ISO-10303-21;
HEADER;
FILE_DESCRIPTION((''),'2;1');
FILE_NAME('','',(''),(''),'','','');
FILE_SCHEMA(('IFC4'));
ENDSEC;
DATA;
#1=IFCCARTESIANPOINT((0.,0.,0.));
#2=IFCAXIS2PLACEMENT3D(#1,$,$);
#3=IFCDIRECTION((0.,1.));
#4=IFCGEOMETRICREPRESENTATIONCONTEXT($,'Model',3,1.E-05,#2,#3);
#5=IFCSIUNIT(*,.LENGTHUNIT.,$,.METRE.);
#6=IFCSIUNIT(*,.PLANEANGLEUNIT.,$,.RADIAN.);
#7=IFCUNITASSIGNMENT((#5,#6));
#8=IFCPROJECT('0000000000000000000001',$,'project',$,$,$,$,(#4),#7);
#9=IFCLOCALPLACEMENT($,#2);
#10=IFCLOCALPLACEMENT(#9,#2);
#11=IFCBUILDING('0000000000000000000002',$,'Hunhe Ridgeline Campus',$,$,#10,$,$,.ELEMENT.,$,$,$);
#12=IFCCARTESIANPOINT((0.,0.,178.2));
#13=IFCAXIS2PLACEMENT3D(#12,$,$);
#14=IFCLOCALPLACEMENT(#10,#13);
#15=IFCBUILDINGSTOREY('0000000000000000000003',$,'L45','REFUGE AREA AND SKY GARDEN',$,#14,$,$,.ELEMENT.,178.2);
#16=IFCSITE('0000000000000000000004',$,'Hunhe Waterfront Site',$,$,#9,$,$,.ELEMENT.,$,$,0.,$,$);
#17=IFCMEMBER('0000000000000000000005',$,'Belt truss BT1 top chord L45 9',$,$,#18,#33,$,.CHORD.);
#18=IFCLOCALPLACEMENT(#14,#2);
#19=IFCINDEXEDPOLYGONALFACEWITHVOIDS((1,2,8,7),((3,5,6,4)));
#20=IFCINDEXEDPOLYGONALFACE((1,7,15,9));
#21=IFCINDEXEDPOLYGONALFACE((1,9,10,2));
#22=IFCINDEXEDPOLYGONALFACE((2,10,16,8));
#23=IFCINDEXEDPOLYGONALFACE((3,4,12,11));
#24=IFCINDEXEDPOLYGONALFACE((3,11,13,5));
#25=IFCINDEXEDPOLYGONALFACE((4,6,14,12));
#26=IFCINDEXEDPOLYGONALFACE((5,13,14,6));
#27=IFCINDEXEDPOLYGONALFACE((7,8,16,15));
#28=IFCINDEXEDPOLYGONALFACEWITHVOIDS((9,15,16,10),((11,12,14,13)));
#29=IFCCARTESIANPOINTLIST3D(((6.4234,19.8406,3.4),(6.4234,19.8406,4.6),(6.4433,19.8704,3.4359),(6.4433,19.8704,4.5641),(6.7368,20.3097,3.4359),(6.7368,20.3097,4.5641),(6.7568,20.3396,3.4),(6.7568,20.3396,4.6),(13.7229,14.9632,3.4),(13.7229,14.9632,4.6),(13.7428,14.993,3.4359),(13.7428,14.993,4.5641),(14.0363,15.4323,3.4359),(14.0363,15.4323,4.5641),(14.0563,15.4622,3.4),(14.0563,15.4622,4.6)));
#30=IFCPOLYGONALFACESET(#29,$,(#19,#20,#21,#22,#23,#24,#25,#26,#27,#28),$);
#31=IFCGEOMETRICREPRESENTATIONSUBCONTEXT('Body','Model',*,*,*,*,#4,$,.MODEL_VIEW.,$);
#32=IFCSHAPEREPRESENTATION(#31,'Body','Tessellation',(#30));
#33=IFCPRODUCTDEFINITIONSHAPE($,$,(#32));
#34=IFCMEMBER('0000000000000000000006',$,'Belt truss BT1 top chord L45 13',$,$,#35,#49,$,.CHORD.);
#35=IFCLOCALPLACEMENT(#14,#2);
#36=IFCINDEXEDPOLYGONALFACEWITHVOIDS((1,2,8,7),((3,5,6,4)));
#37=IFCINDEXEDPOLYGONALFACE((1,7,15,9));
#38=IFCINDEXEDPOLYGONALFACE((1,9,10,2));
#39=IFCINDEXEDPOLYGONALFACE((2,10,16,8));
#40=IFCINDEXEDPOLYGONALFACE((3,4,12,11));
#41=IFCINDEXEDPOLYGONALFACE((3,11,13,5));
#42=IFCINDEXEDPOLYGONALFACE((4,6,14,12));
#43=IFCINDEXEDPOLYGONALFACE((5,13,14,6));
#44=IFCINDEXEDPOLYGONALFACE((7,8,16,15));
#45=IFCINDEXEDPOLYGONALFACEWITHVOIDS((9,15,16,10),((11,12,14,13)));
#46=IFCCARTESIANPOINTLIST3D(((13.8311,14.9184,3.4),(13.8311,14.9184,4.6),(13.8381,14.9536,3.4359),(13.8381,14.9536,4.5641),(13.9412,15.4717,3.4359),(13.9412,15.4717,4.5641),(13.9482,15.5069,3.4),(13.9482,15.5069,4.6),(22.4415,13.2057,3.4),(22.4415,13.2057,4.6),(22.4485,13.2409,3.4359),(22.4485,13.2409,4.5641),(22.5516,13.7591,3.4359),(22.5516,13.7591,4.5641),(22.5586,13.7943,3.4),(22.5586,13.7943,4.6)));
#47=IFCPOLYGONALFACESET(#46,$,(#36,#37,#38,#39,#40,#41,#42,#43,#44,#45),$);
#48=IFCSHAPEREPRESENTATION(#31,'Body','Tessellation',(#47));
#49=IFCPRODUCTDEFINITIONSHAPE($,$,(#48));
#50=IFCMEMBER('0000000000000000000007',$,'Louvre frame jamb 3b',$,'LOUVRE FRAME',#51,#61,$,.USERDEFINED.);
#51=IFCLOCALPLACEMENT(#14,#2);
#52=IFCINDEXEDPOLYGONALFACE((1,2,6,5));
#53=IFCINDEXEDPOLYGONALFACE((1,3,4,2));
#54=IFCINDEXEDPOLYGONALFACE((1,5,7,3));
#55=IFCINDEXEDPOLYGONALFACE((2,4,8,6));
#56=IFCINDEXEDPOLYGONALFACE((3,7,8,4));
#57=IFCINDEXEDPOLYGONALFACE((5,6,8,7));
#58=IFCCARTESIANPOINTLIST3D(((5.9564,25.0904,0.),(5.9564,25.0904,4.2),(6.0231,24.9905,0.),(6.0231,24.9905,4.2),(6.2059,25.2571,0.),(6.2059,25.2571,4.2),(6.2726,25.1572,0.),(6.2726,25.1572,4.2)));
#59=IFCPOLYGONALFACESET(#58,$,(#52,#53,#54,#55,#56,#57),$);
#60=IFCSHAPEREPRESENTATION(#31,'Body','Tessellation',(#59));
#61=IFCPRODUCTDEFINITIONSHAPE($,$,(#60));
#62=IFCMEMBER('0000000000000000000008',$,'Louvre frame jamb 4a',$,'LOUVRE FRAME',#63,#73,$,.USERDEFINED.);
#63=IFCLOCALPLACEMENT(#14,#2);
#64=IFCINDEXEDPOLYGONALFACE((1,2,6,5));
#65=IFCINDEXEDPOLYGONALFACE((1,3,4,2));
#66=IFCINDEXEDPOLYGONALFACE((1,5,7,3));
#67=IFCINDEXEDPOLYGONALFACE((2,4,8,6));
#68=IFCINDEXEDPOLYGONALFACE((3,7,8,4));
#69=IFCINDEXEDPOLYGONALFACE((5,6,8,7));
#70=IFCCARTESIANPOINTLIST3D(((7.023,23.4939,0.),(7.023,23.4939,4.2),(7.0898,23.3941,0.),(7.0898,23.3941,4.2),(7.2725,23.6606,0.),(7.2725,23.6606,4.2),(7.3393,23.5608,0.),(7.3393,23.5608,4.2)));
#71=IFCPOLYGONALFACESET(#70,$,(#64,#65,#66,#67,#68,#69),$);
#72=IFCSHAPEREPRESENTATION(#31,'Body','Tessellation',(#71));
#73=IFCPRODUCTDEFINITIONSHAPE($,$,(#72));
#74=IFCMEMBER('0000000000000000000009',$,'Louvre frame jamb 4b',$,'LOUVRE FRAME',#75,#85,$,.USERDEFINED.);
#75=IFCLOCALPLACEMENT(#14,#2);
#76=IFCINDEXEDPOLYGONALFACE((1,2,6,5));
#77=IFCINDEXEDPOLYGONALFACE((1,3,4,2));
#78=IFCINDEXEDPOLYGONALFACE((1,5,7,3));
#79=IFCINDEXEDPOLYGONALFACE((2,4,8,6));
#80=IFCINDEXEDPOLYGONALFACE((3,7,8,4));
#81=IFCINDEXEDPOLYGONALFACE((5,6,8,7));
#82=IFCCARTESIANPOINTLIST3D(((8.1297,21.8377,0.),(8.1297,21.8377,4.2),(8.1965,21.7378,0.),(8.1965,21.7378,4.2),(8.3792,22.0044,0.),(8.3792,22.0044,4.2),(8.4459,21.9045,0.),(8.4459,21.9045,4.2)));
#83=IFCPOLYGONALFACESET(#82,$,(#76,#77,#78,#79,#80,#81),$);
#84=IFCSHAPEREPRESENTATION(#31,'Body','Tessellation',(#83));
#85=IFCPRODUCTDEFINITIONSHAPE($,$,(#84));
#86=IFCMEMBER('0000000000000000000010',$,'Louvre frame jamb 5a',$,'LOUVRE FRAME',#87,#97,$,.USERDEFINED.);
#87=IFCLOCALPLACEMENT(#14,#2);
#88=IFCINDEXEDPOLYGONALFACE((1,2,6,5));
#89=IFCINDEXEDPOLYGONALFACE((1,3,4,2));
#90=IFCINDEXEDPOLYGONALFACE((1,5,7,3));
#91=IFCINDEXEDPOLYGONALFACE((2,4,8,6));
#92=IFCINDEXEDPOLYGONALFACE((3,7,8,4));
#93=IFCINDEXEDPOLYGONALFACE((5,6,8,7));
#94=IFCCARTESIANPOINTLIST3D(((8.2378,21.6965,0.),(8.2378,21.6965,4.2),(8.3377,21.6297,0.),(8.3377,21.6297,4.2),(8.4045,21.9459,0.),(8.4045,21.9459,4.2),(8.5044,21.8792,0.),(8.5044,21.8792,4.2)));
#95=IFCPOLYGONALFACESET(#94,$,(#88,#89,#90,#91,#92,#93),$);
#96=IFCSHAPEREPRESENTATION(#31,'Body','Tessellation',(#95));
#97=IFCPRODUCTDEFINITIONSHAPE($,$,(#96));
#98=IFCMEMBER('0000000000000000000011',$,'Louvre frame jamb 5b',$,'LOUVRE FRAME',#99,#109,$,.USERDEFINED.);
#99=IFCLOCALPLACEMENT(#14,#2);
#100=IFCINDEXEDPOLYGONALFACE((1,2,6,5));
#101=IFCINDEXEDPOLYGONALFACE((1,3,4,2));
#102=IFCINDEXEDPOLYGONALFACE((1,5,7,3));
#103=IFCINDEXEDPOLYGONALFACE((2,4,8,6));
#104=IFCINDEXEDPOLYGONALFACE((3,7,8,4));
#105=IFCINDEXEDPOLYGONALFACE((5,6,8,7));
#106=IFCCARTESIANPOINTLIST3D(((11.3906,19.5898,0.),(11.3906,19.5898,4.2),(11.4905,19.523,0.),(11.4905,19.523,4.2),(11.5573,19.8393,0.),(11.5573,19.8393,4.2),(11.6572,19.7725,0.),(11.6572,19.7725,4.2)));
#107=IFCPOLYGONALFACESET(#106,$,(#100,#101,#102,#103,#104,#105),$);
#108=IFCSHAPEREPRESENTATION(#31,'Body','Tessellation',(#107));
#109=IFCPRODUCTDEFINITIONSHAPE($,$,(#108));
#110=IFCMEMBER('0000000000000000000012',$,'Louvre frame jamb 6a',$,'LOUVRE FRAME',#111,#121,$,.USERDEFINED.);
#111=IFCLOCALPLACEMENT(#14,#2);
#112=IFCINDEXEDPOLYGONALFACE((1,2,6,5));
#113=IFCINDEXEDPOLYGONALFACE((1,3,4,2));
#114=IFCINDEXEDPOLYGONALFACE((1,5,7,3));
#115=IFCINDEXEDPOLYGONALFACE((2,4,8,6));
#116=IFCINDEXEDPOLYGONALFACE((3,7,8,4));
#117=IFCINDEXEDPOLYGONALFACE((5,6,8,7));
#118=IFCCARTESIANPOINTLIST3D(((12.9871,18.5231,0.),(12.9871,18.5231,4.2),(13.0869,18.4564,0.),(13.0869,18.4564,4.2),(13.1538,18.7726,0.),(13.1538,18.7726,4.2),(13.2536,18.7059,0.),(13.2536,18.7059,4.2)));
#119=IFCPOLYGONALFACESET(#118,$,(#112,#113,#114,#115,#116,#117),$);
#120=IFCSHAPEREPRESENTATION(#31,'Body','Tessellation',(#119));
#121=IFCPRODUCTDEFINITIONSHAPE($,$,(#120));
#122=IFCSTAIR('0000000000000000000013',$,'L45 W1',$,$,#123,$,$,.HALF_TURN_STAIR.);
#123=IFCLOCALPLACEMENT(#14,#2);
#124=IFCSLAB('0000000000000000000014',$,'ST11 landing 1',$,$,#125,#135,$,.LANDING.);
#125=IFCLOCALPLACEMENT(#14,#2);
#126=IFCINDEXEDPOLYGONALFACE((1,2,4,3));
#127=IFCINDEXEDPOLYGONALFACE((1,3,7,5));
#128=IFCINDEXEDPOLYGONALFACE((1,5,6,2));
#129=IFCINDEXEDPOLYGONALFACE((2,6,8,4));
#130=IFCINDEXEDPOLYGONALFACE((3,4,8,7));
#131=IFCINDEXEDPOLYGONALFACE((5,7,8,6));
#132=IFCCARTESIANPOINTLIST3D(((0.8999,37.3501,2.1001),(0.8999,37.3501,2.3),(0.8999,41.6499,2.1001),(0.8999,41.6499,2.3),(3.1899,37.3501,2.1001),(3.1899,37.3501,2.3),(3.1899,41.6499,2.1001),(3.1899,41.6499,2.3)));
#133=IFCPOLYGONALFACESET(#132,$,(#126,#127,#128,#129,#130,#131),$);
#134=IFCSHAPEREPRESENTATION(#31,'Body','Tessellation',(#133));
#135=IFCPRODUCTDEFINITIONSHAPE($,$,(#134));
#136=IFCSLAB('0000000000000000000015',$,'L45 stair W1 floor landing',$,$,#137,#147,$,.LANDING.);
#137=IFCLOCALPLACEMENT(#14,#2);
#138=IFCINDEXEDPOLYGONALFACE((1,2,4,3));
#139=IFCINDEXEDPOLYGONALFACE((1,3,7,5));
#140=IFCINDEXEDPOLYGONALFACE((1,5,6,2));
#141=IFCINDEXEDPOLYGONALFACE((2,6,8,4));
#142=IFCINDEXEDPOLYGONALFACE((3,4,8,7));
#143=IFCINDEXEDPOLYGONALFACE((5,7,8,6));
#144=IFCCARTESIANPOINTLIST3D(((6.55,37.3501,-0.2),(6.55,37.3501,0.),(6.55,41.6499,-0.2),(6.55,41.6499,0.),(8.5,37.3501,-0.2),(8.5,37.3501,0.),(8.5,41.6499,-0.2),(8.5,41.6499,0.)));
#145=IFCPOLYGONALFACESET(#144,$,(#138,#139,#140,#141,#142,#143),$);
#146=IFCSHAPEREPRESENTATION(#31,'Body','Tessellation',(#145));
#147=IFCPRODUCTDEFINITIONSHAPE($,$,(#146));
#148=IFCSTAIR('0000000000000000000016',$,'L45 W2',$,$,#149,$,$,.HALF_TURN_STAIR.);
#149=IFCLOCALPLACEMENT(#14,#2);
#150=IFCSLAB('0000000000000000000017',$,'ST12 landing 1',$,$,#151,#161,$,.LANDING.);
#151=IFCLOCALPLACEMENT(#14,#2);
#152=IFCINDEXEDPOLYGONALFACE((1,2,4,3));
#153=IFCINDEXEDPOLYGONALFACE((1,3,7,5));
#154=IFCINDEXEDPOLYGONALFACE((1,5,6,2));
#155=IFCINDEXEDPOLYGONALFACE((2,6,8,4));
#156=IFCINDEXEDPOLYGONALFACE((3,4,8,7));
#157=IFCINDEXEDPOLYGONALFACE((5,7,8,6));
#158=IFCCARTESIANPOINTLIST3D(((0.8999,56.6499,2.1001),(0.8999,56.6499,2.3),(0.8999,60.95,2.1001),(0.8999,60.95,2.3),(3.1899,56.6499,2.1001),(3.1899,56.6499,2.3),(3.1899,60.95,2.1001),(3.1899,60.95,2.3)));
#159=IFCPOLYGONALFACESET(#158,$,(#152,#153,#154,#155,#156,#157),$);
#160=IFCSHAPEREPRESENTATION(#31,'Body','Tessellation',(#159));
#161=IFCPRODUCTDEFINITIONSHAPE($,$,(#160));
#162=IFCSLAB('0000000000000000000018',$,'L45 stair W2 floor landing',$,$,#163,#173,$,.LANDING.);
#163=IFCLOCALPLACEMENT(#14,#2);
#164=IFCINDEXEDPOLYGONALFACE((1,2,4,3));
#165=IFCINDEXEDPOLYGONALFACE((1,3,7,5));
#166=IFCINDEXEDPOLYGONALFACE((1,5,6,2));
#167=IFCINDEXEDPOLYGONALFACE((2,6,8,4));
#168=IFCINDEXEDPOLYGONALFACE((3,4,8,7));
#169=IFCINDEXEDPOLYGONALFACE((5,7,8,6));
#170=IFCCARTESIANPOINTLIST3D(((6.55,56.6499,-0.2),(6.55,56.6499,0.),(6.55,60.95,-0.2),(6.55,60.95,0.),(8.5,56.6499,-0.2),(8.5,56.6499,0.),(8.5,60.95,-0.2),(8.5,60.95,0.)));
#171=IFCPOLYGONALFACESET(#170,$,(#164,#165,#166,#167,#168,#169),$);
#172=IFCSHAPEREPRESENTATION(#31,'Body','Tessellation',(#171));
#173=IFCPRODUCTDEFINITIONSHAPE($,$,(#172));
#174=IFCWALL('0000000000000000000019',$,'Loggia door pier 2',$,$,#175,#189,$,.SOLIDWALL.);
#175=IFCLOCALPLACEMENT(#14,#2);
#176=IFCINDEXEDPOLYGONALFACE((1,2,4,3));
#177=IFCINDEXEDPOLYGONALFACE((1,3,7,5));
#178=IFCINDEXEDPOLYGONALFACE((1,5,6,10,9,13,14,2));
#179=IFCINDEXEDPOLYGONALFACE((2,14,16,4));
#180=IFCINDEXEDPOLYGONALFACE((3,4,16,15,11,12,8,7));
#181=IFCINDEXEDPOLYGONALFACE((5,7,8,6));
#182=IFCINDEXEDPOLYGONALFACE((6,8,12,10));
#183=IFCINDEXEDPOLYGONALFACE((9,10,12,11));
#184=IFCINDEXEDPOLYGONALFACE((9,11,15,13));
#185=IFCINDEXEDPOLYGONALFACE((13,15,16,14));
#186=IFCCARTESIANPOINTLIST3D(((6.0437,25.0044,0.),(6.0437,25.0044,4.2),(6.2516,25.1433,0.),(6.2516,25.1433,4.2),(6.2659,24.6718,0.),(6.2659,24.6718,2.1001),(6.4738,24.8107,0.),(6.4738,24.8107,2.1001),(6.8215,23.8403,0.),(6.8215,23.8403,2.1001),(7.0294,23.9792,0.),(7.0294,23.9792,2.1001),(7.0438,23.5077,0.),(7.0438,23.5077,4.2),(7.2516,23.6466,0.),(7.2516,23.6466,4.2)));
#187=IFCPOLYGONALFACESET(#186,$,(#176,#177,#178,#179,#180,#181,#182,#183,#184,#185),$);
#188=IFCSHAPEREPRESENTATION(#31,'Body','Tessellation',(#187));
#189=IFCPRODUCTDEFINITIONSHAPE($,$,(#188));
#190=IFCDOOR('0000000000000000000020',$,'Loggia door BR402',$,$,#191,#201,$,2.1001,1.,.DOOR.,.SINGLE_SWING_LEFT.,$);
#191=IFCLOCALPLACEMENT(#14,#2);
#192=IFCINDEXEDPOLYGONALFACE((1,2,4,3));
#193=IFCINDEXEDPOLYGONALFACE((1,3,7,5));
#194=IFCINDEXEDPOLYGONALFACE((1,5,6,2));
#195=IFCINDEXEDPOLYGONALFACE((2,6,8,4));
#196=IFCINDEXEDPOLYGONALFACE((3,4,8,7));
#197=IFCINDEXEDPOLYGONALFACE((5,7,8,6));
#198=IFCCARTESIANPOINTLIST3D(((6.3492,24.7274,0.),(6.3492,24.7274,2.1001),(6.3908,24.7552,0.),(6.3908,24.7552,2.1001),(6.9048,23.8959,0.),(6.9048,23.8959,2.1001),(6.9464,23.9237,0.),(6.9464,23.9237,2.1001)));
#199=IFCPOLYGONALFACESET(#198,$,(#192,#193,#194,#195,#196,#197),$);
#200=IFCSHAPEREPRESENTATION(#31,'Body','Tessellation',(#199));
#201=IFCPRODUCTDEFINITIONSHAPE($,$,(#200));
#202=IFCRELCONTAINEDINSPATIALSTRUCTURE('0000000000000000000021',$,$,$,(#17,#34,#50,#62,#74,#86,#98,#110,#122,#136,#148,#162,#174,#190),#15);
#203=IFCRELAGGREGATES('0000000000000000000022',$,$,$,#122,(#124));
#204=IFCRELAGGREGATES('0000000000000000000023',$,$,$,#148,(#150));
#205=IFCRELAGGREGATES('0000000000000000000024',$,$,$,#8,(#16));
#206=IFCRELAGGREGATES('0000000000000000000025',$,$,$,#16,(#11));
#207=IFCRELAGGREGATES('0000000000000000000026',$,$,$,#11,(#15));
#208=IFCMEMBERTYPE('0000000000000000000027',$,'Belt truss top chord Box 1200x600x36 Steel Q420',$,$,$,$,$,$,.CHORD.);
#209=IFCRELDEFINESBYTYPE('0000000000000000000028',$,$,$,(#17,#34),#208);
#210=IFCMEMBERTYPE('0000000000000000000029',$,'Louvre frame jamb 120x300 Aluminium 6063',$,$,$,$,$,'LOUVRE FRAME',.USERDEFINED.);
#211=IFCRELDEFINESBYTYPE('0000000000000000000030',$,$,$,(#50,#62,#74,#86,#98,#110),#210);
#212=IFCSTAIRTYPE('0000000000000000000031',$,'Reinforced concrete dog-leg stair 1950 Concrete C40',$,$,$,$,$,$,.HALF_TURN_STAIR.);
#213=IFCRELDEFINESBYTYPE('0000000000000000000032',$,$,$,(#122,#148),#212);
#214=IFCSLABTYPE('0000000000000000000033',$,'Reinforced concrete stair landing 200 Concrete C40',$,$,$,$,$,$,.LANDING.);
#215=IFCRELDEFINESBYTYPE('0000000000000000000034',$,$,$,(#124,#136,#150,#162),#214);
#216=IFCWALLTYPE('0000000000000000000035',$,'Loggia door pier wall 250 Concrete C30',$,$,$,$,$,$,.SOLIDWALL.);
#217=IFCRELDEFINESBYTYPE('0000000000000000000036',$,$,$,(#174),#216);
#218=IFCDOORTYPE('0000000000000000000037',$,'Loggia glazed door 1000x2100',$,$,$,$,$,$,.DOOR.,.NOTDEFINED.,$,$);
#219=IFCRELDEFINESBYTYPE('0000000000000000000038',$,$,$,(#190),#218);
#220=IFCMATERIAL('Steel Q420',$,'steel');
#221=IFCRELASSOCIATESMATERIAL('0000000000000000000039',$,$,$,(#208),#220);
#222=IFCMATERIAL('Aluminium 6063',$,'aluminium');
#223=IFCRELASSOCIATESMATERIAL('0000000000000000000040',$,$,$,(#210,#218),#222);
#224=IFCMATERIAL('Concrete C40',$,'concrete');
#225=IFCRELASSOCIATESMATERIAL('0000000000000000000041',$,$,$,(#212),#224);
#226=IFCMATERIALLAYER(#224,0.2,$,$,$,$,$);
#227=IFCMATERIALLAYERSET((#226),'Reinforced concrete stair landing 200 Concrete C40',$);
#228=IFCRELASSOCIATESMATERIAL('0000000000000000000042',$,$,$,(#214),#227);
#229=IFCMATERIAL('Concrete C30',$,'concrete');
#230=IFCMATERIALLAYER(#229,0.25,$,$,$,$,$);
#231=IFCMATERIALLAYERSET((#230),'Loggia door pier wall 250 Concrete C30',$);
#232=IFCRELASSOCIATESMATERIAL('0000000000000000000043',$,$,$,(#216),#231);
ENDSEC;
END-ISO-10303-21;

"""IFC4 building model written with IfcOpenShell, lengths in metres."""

from ifc_helpers import new_model, si_unit, direction, frame, frame_2d, origin, origin_2d, place, context, subcontext, project, spatial, polyline, rectangle, hollow_rectangle, outline, extrude, material, layer, layer_set, material_profile, profile_set, type_object, element, fill, aggregate, save


model = new_model("IFC4")

# Units and contexts
model_context = context("Model", 3, precision=1e-05, world=origin(), true_north=direction((0.0, 1.0)))
body_context = subcontext(model_context, "Body", "Model", "MODEL_VIEW")
ifc_project = project(units=[si_unit("LENGTHUNIT", "METRE"), si_unit("PLANEANGLEUNIT", "RADIAN")], contexts=[model_context])

# Site, building, storey
site_placement = place(None, origin())
site = spatial("IfcSite", under=ifc_project, at=site_placement, Name="Hunhe Waterfront Site", CompositionType="ELEMENT", RefElevation=0.0)
building_placement = place(site_placement, origin())
building = spatial("IfcBuilding", under=site, at=building_placement, Name="Hunhe Ridgeline Campus", CompositionType="ELEMENT")
storey_placement = place(building_placement, frame((0.0, 0.0, 178.2)))
storey = spatial("IfcBuildingStorey", under=building, at=storey_placement, Name="L45", Description="REFUGE AREA AND SKY GARDEN", CompositionType="ELEMENT", Elevation=178.2)

# Members
ifc_material_1 = material(Name="Steel Q420", Category="steel")
ifc_material_profile_1 = material_profile(ifc_material_1, hollow_rectangle(XDim=0.6001, YDim=1.2, WallThickness=0.0359, at=origin_2d()))
ifc_profile_set_1 = profile_set([ifc_material_profile_1], Name="Steel Q420")
member_type_1 = type_object("IfcMemberType", Name="Belt truss top chord Box 1200x600x36 Steel Q420", PredefinedType="CHORD", material=ifc_profile_set_1)
for number, where, z_axis, x_axis, name in (
    (1, (6.5901, 20.0901, 4.0), (0.831468, -0.555573, 0.0), (0.555573, 0.831468, 0.0), "Belt truss BT1 top chord L45 9"),
    (2, (13.8896, 15.2126, 4.0), (0.980787, -0.195084, 0.0), (0.195084, 0.980787, 0.0), "Belt truss BT1 top chord L45 13"),
):
    element("IfcMember", number, at=place(storey_placement, frame(where, z_axis=z_axis, x_axis=x_axis)), inside=storey, type_object=member_type_1, Name=name, PredefinedType="CHORD", context=body_context, shape_type="SweptSolid", body=[
        extrude(hollow_rectangle(XDim=0.6001, YDim=1.2, WallThickness=0.0359, at=origin_2d()), origin(), (0.0, 0.0, 1.0), 8.7791),
    ])
ifc_material_2 = material(Name="Aluminium 6063", Category="aluminium")
ifc_material_profile_2 = material_profile(ifc_material_2, rectangle(XDim=0.3, YDim=0.1201, at=origin_2d()))
ifc_profile_set_2 = profile_set([ifc_material_profile_2], Name="Aluminium 6063")
member_type_2 = type_object("IfcMemberType", Name="Louvre frame jamb 120x300 Aluminium 6063", ElementType="LOUVRE FRAME", PredefinedType="USERDEFINED", material=ifc_profile_set_2)
for number, where, z_axis, x_axis, name in (
    (3, (6.1145, 25.1238, 0.0), (0.0, 0.0, 1.0), (0.83147, 0.55557, 0.0), "Louvre frame jamb 3b"),
    (4, (7.1812, 23.5273, 0.0), (0.0, 0.0, 1.0), (0.83147, 0.55557, 0.0), "Louvre frame jamb 4a"),
    (5, (8.2878, 21.8711, 0.0), (0.0, 0.0, 1.0), (0.83147, 0.55557, 0.0), "Louvre frame jamb 4b"),
    (6, (8.3711, 21.7878, 0.0), (0.0, 0.0, 1.0), (0.55557, 0.83147, 0.0), "Louvre frame jamb 5a"),
    (7, (11.5239, 19.6812, 0.0), (0.0, 0.0, 1.0), (0.55557, 0.83147, 0.0), "Louvre frame jamb 5b"),
    (8, (13.1204, 18.6145, 0.0), (0.0, 0.0, 1.0), (0.55557, 0.83147, 0.0), "Louvre frame jamb 6a"),
):
    element("IfcMember", number, at=place(storey_placement, frame(where, z_axis=z_axis, x_axis=x_axis)), inside=storey, type_object=member_type_2, Name=name, ObjectType="LOUVRE FRAME", PredefinedType="USERDEFINED", context=body_context, shape_type="SweptSolid", body=[
        extrude(rectangle(XDim=0.3, YDim=0.1201, at=origin_2d()), origin(), (0.0, 0.0, 1.0), 4.2),
    ])

# Stair, slab
ifc_material_3 = material(Name="Concrete C40", Category="concrete")
stair_type = type_object("IfcStairType", Name="Reinforced concrete dog-leg stair 1950 Concrete C40", PredefinedType="HALF_TURN_STAIR", material=ifc_material_3)
stair_1_placement = place(storey_placement, origin())
stair_1 = element("IfcStair", 9, at=stair_1_placement, inside=storey, type_object=stair_type, Name="L45 W1", PredefinedType="HALF_TURN_STAIR")
ifc_layer_1 = layer(ifc_material_3, 0.2)
ifc_layer_set_1 = layer_set([ifc_layer_1], Name="Reinforced concrete stair landing 200 Concrete C40")
slab_type = type_object("IfcSlabType", Name="Reinforced concrete stair landing 200 Concrete C40", PredefinedType="LANDING", material=ifc_layer_set_1)
slab_1_placement = place(storey_placement, frame((0.0, 0.0, 2.1001)))
slab_1 = element("IfcSlab", 10, at=slab_1_placement, type_object=slab_type, Name="ST11 landing 1", PredefinedType="LANDING", context=body_context, shape_type="SweptSolid", body=[
    extrude(outline(polyline([(3.1899, 41.6499), (0.8999, 41.6499), (0.8999, 37.3501), (3.1899, 37.3501), (3.1899, 41.6499)])), origin(), (0.0, 0.0, 1.0), 0.2),
])
aggregate(stair_1, [slab_1])

# Slab
slab_2_placement = place(storey_placement, frame((0.0, 0.0, -0.2)))
element("IfcSlab", 11, at=slab_2_placement, inside=storey, type_object=slab_type, Name="L45 stair W1 floor landing", PredefinedType="LANDING", context=body_context, shape_type="SweptSolid", body=[
    extrude(outline(polyline([(8.5, 41.6499), (6.55, 41.6499), (6.55, 37.3501), (8.5, 37.3501), (8.5, 41.6499)])), origin(), (0.0, 0.0, 1.0), 0.2),
])

# Stair, slab
stair_2_placement = place(storey_placement, origin())
stair_2 = element("IfcStair", 12, at=stair_2_placement, inside=storey, type_object=stair_type, Name="L45 W2", PredefinedType="HALF_TURN_STAIR")
slab_3_placement = place(storey_placement, frame((0.0, 0.0, 2.1001)))
slab_3 = element("IfcSlab", 13, at=slab_3_placement, type_object=slab_type, Name="ST12 landing 1", PredefinedType="LANDING", context=body_context, shape_type="SweptSolid", body=[
    extrude(outline(polyline([(3.1899, 60.95), (0.8999, 60.95), (0.8999, 56.6499), (3.1899, 56.6499), (3.1899, 60.95)])), origin(), (0.0, 0.0, 1.0), 0.2),
])
aggregate(stair_2, [slab_3])

# Slab
slab_4_placement = place(storey_placement, frame((0.0, 0.0, -0.2)))
element("IfcSlab", 14, at=slab_4_placement, inside=storey, type_object=slab_type, Name="L45 stair W2 floor landing", PredefinedType="LANDING", context=body_context, shape_type="SweptSolid", body=[
    extrude(outline(polyline([(8.5, 60.95), (6.55, 60.95), (6.55, 56.6499), (8.5, 56.6499), (8.5, 60.95)])), origin(), (0.0, 0.0, 1.0), 0.2),
])

# Wall, opening, door
ifc_material_4 = material(Name="Concrete C30", Category="concrete")
ifc_layer_2 = layer(ifc_material_4, 0.25)
ifc_layer_set_2 = layer_set([ifc_layer_2], Name="Loggia door pier wall 250 Concrete C30")
wall_type = type_object("IfcWallType", Name="Loggia door pier wall 250 Concrete C30", PredefinedType="SOLIDWALL", material=ifc_layer_set_2)
wall_1_placement = place(storey_placement, frame((6.1477, 25.0737, 0.0), z_axis=(0.0, 0.0, 1.0), x_axis=(0.555576, -0.831466, 0.0)))
wall_1 = element("IfcWall", 15, at=wall_1_placement, inside=storey, type_object=wall_type, Name="Loggia door pier 2", PredefinedType="SOLIDWALL", context=body_context, shape_type="SweptSolid", body=[
    extrude(rectangle(XDim=1.8, YDim=0.25, at=frame_2d((0.8999, 0.0))), origin(), (0.0, 0.0, 1.0), 4.2),
])
opening_1_placement = place(wall_1_placement, frame((0.3999, 0.0, 0.0)))
opening_1 = element("IfcOpeningElement", 16, at=opening_1_placement, cuts=wall_1, PredefinedType="OPENING", context=body_context, shape_type="SweptSolid", body=[
    extrude(rectangle(XDim=1.0, YDim=2.1001, at=frame_2d((0.5, 1.05))), frame((0.0, 0.125, 0.0), z_axis=(0.0, -1.0, 0.0), x_axis=(1.0, 0.0, 0.0)), (0.0, 0.0, 1.0), 0.25),
])
door_type = type_object("IfcDoorType", Name="Loggia glazed door 1000x2100", OperationType="NOTDEFINED", PredefinedType="DOOR", material=ifc_material_2)
door_1_placement = place(opening_1_placement, frame((1.0, 0.0, 0.0), z_axis=(0.0, 0.0, 1.0), x_axis=(-1.0, 0.0, 0.0)))
door_1 = element("IfcDoor", 17, at=door_1_placement, inside=storey, type_object=door_type, Name="Loggia door BR402", OperationType="SINGLE_SWING_LEFT", OverallHeight=2.1001, OverallWidth=1.0, PredefinedType="DOOR", context=body_context, shape_type="SweptSolid", body=[
    extrude(rectangle(XDim=1.0, YDim=2.1001, at=frame_2d((0.5, 1.05))), frame((0.0, 0.0249, 0.0), z_axis=(0.0, -1.0, 0.0), x_axis=(1.0, 0.0, 0.0)), (0.0, 0.0, 1.0), 0.05),
])
fill(opening_1, door_1)

save(model, "model.ifc")
